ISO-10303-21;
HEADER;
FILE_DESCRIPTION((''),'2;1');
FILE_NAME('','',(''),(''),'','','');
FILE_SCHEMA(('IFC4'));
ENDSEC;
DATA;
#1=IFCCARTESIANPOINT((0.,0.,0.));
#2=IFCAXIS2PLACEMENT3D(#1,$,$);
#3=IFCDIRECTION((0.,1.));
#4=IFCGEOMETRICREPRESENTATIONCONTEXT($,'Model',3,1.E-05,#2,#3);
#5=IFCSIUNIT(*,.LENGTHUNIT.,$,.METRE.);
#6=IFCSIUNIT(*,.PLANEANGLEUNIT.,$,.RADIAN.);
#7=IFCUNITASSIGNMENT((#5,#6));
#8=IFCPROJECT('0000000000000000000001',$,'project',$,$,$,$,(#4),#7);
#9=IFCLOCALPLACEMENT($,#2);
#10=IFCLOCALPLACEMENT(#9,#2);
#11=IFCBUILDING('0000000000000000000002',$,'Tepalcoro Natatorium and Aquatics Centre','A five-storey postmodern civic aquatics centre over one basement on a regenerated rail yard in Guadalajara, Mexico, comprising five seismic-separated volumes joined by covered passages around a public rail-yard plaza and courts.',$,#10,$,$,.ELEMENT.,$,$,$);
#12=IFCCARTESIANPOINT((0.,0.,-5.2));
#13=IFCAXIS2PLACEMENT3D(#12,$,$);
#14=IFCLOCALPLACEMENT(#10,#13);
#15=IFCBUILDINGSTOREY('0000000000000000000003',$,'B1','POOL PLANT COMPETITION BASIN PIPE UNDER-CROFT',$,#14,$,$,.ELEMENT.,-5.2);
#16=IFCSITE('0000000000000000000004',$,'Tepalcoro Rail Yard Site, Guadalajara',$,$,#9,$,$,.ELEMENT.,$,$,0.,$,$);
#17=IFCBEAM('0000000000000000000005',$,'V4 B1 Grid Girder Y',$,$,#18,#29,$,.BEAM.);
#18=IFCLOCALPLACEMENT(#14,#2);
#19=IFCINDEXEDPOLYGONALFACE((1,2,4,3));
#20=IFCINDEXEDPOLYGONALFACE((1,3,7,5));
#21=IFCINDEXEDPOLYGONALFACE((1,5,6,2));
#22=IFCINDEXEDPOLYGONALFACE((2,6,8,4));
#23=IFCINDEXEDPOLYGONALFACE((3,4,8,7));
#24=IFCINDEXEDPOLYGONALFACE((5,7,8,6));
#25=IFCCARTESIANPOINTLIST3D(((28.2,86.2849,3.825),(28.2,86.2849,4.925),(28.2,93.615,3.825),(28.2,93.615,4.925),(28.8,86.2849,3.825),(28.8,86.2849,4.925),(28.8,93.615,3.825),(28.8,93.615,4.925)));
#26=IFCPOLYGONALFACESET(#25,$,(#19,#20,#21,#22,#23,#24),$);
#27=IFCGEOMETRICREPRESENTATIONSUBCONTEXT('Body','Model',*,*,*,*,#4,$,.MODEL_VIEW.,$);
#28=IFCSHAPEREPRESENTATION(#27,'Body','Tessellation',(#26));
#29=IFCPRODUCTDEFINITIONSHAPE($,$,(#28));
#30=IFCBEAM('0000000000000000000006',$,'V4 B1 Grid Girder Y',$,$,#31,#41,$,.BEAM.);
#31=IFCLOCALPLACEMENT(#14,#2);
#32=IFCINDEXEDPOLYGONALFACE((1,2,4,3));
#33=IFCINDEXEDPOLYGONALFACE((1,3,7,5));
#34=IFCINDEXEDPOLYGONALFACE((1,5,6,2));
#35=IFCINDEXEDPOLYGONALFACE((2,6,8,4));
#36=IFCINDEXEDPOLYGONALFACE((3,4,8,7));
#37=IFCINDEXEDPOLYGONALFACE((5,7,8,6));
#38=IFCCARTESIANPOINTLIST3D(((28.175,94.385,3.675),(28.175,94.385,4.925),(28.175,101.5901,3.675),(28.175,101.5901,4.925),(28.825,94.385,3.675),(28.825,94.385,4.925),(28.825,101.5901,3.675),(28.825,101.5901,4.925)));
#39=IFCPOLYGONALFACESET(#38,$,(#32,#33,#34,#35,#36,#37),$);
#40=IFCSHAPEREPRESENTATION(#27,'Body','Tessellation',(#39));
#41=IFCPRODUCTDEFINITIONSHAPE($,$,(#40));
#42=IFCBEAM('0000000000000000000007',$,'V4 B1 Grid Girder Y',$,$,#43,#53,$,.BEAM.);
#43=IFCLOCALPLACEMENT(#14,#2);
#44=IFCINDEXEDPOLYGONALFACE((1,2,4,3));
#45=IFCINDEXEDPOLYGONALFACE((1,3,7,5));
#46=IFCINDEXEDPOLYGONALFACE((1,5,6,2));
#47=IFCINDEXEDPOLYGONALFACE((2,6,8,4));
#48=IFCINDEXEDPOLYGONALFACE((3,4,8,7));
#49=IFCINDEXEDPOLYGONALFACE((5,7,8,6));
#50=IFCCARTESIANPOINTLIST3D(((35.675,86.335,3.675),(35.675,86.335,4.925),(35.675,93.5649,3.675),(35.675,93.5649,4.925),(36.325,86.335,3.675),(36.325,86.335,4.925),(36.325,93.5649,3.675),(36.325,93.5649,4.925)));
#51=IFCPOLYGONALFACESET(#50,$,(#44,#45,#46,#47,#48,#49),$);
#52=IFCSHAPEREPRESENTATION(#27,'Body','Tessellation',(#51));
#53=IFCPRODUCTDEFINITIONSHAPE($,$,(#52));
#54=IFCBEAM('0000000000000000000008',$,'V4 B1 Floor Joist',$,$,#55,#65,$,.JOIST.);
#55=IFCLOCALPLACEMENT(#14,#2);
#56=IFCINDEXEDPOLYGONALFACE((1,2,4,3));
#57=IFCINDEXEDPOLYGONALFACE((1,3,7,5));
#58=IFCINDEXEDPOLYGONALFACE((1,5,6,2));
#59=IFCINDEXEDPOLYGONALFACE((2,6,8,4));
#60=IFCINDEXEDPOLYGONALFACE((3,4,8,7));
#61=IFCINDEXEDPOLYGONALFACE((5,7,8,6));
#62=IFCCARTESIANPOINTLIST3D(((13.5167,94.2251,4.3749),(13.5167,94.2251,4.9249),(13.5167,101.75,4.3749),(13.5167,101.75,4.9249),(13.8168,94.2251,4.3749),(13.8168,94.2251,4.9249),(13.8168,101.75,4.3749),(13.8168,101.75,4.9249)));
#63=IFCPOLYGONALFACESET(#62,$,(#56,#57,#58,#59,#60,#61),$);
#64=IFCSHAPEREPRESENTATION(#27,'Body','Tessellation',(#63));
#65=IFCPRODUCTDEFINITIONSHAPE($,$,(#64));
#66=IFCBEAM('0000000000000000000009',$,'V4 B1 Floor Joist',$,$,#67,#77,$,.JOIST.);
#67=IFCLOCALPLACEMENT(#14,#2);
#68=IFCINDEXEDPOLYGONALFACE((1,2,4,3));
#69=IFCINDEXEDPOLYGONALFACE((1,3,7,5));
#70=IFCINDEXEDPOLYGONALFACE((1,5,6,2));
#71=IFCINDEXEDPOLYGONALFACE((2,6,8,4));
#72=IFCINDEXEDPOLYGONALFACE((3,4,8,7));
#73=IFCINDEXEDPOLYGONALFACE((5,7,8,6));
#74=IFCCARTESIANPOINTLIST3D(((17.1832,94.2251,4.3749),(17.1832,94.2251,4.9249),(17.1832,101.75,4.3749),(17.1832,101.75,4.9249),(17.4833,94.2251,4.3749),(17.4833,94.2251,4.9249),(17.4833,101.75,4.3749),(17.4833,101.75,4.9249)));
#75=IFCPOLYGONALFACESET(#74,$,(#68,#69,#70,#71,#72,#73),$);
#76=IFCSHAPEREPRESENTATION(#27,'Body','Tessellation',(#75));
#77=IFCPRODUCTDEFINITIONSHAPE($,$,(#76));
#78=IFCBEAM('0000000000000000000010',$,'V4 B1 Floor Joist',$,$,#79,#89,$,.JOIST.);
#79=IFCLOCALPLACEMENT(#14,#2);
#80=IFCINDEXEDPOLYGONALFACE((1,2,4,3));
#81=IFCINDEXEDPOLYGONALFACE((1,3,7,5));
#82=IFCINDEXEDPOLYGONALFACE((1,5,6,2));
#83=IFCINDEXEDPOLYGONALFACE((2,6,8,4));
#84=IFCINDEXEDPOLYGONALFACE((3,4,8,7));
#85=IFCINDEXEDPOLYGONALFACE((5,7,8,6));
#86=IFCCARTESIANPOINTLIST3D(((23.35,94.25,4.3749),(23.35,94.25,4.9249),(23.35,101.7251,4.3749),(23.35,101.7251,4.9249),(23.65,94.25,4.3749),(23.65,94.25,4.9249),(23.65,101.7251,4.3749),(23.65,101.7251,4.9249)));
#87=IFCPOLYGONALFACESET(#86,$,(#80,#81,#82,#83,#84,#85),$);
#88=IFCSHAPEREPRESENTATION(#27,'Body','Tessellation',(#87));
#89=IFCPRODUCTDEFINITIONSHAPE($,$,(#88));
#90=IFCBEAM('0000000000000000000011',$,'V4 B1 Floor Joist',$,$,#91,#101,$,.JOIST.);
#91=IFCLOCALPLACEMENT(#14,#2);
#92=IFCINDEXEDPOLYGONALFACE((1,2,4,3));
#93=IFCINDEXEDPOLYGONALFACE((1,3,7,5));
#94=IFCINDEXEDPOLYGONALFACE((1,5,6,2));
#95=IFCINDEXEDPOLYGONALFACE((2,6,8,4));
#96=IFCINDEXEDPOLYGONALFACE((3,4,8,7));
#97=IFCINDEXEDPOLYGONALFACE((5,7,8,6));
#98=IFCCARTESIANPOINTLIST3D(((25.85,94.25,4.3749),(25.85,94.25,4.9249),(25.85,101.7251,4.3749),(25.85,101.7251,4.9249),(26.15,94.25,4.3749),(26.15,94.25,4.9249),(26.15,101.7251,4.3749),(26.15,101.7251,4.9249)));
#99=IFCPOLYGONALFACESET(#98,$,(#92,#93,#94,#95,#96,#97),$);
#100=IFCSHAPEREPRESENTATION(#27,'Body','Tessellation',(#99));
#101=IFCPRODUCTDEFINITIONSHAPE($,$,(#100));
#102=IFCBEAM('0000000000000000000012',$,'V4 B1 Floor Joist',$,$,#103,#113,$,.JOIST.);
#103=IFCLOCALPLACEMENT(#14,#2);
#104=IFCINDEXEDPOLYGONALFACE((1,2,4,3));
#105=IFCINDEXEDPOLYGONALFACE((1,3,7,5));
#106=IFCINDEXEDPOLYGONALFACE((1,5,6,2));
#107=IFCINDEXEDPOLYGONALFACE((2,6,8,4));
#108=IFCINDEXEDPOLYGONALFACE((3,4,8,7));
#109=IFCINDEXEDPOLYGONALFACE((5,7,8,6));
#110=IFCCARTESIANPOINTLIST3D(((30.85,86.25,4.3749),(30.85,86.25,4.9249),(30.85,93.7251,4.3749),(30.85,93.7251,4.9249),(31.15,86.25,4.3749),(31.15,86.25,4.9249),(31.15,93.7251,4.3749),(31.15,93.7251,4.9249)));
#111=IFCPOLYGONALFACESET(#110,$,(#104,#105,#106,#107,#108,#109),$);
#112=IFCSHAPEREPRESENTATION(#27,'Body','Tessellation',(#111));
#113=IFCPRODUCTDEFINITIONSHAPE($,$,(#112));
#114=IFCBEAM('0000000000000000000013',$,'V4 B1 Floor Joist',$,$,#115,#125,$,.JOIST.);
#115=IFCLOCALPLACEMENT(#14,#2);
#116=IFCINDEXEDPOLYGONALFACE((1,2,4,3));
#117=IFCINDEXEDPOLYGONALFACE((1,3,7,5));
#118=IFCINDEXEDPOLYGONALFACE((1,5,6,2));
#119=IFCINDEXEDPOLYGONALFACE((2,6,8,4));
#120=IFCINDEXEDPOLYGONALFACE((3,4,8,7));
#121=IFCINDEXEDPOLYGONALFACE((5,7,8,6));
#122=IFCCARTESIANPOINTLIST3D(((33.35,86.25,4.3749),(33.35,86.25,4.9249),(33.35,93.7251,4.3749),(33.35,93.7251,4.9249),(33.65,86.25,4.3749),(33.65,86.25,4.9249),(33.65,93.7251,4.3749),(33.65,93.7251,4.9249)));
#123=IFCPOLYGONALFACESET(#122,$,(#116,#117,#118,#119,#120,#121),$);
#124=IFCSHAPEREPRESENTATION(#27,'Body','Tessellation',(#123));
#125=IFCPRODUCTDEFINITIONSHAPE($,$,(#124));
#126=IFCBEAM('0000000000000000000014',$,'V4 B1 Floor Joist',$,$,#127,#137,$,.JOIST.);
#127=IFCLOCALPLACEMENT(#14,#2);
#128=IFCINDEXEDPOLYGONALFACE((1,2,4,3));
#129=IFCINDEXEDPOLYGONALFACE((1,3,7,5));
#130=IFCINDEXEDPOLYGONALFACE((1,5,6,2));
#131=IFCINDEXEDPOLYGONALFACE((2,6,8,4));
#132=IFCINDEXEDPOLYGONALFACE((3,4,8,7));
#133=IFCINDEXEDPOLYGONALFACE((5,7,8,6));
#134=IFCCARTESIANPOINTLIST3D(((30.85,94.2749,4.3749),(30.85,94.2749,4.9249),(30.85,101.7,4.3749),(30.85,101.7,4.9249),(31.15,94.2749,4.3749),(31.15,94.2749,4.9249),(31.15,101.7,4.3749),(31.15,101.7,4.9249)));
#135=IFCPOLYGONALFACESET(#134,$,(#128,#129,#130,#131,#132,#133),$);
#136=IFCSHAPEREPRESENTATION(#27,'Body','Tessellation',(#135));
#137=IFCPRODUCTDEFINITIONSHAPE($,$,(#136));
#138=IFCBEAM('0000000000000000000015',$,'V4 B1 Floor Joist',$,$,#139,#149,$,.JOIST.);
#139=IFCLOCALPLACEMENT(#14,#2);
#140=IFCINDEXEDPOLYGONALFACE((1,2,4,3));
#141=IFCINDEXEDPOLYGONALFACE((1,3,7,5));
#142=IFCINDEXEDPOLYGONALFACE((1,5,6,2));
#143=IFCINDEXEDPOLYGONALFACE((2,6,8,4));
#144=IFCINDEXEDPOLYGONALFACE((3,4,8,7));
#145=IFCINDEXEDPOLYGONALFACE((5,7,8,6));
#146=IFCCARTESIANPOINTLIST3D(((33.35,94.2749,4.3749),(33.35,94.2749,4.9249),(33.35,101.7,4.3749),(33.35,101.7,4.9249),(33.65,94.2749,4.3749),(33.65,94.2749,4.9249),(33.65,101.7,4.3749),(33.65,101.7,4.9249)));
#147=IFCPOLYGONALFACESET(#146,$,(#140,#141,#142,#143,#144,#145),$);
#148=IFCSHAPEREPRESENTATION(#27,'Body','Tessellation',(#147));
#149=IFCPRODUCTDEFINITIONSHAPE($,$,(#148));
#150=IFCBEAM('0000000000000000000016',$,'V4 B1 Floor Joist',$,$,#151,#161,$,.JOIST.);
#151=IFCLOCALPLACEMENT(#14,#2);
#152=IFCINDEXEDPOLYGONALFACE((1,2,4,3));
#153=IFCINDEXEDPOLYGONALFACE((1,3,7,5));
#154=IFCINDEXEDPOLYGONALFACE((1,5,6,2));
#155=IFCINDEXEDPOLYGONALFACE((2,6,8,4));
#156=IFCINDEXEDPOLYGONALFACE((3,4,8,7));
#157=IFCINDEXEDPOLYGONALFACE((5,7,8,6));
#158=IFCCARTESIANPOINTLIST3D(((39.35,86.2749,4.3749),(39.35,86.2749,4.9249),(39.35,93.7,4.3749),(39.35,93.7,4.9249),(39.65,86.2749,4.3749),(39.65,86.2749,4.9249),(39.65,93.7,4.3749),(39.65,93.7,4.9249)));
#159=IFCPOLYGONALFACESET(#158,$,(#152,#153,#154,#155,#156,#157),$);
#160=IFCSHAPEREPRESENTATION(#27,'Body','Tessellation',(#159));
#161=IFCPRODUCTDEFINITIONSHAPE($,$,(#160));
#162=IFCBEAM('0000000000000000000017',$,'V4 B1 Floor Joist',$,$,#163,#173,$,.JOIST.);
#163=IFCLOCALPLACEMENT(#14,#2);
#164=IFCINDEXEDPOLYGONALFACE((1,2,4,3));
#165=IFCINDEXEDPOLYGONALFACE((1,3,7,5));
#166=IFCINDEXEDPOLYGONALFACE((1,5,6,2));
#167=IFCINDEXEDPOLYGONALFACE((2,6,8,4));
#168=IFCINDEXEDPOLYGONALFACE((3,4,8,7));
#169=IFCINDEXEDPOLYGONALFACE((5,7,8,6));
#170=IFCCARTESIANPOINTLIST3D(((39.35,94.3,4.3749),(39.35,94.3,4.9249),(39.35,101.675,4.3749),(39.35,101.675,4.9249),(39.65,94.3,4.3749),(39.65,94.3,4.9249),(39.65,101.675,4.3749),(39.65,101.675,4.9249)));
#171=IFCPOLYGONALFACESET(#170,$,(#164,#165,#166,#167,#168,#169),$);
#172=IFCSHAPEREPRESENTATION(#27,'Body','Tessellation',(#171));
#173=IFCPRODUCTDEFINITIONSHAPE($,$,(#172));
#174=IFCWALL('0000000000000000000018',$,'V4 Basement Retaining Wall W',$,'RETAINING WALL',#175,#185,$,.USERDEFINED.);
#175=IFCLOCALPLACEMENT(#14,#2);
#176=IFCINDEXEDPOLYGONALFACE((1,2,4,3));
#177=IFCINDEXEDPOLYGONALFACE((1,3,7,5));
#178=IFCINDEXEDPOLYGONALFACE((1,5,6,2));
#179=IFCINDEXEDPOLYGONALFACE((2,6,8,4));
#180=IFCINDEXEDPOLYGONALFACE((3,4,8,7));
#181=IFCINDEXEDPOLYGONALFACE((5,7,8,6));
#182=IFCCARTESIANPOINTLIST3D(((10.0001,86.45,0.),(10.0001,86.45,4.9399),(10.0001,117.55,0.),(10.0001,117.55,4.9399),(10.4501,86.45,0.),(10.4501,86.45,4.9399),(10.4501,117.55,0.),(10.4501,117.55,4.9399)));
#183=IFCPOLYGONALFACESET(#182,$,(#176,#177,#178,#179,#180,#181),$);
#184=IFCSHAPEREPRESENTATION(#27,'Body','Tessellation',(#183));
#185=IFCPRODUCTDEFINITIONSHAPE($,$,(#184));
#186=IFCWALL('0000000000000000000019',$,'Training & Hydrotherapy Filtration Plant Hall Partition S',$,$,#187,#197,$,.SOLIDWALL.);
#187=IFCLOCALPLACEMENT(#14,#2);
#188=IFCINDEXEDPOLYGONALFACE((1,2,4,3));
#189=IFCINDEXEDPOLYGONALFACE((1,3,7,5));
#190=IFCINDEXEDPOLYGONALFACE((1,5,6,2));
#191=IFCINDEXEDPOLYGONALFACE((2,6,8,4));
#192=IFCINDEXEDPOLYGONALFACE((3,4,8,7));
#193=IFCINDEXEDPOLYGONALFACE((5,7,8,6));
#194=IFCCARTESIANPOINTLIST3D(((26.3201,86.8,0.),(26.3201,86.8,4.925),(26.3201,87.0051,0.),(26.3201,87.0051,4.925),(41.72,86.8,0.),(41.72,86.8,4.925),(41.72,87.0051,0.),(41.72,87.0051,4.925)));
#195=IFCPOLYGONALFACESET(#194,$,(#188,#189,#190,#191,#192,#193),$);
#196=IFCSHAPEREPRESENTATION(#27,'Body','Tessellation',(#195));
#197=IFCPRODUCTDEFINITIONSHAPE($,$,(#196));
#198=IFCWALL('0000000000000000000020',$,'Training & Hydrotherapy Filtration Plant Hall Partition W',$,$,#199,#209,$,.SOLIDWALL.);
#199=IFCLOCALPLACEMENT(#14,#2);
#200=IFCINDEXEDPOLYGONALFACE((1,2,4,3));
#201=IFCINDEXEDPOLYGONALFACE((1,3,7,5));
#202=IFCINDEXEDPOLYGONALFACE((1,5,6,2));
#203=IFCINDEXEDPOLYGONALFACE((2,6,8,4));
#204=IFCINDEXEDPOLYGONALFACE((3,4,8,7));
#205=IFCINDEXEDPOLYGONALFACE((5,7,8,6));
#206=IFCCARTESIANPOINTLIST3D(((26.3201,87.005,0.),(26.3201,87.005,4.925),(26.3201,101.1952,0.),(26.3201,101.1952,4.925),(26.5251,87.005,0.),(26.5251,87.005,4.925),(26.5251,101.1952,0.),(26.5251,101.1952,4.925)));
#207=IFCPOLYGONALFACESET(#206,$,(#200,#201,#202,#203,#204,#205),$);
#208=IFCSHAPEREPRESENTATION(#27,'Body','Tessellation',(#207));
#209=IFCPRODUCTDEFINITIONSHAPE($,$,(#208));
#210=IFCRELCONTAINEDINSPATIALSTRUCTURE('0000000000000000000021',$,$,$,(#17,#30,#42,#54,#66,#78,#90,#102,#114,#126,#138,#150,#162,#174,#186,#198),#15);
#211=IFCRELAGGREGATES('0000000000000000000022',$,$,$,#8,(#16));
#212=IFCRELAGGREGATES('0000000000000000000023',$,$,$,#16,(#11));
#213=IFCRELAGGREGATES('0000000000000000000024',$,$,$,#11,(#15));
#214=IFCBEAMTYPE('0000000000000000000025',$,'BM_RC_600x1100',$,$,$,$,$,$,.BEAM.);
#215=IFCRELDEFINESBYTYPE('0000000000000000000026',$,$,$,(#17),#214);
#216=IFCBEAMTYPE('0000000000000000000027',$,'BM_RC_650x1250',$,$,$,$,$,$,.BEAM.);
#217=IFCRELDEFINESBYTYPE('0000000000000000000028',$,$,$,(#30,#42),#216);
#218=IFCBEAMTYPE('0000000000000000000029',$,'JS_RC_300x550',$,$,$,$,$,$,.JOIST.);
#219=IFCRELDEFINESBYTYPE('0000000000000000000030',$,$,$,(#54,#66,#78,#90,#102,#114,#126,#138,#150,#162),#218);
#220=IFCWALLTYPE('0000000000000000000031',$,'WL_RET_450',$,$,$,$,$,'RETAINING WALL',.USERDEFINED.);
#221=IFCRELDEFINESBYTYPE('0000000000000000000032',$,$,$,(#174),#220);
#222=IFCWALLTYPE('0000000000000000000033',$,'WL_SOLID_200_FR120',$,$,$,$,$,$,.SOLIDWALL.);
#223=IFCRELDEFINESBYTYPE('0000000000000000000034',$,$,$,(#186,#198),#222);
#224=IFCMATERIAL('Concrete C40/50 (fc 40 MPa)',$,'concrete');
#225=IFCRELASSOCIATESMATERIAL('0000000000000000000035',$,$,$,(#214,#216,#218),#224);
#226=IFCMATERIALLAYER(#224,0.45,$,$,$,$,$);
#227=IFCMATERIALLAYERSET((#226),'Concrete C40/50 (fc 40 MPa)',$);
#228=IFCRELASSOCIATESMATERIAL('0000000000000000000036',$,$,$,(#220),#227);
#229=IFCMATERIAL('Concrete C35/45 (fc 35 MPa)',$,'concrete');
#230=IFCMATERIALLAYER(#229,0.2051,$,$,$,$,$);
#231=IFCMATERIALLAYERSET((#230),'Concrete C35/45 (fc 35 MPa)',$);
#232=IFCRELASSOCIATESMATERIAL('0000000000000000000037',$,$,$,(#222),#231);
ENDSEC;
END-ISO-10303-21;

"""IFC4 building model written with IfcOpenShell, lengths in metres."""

from ifc_helpers import new_model, si_unit, direction, frame, frame_2d, origin, origin_2d, place, context, subcontext, project, spatial, rectangle, extrude, material, layer, layer_set, material_profile, profile_set, type_object, element, save


model = new_model("IFC4")

# Units and contexts
model_context = context("Model", 3, precision=1e-05, world=origin(), true_north=direction((0.0, 1.0)))
body_context = subcontext(model_context, "Body", "Model", "MODEL_VIEW")
ifc_project = project(units=[si_unit("LENGTHUNIT", "METRE"), si_unit("PLANEANGLEUNIT", "RADIAN")], contexts=[model_context])

# Site, building, storey
site_placement = place(None, origin())
site = spatial("IfcSite", under=ifc_project, at=site_placement, Name="Tepalcoro Rail Yard Site, Guadalajara", CompositionType="ELEMENT", RefElevation=0.0)
building_placement = place(site_placement, origin())
building = spatial("IfcBuilding", under=site, at=building_placement, Name="Tepalcoro Natatorium and Aquatics Centre", Description="A five-storey postmodern civic aquatics centre over one basement on a regenerated rail yard in Guadalajara, Mexico, comprising five seismic-separated volumes joined by covered passages around a public rail-yard plaza and courts.", CompositionType="ELEMENT")
storey_placement = place(building_placement, frame((0.0, 0.0, -5.2)))
storey = spatial("IfcBuildingStorey", under=building, at=storey_placement, Name="B1", Description="POOL PLANT COMPETITION BASIN PIPE UNDER-CROFT", CompositionType="ELEMENT", Elevation=-5.2)

# Shared definitions
ifc_material_1 = material(Name="Concrete C40/50 (fc 40 MPa)", Category="concrete")

# Beams
ifc_material_profile_1 = material_profile(ifc_material_1, rectangle(XDim=0.6001, YDim=1.1001, at=origin_2d()), Name="RCB600x1100")
ifc_profile_set_1 = profile_set([ifc_material_profile_1], Name="Concrete C40/50 (fc 40 MPa)")
beam_type_1 = type_object("IfcBeamType", Name="BM_RC_600x1100", PredefinedType="BEAM", material=ifc_profile_set_1)
beam_1_placement = place(storey_placement, frame((28.5, 86.2849, 4.375), z_axis=(0.0, 1.0, 0.0), x_axis=(-1.0, 0.0, 0.0)))
element("IfcBeam", 1, at=beam_1_placement, inside=storey, type_object=beam_type_1, Name="V4 B1 Grid Girder Y", PredefinedType="BEAM", context=body_context, shape_type="SweptSolid", body=[
    extrude(rectangle(XDim=0.6001, YDim=1.1001, at=origin_2d()), origin(), (0.0, 0.0, 1.0), 7.3301),
])
ifc_material_profile_2 = material_profile(ifc_material_1, rectangle(XDim=0.6499, YDim=1.25, at=origin_2d()), Name="RCB650x1250")
ifc_profile_set_2 = profile_set([ifc_material_profile_2], Name="Concrete C40/50 (fc 40 MPa)")
beam_type_2 = type_object("IfcBeamType", Name="BM_RC_650x1250", PredefinedType="BEAM", material=ifc_profile_set_2)
beam_2_placement = place(storey_placement, frame((28.5, 94.385, 4.3), z_axis=(0.0, 1.0, 0.0), x_axis=(-1.0, 0.0, 0.0)))
element("IfcBeam", 2, at=beam_2_placement, inside=storey, type_object=beam_type_2, Name="V4 B1 Grid Girder Y", PredefinedType="BEAM", context=body_context, shape_type="SweptSolid", body=[
    extrude(rectangle(XDim=0.6499, YDim=1.25, at=origin_2d()), origin(), (0.0, 0.0, 1.0), 7.2051),
])
beam_3_placement = place(storey_placement, frame((36.0, 86.335, 4.3), z_axis=(0.0, 1.0, 0.0), x_axis=(-1.0, 0.0, 0.0)))
element("IfcBeam", 3, at=beam_3_placement, inside=storey, type_object=beam_type_2, Name="V4 B1 Grid Girder Y", PredefinedType="BEAM", context=body_context, shape_type="SweptSolid", body=[
    extrude(rectangle(XDim=0.6499, YDim=1.25, at=origin_2d()), origin(), (0.0, 0.0, 1.0), 7.23),
])
ifc_material_profile_3 = material_profile(ifc_material_1, rectangle(XDim=0.3, YDim=0.55, at=origin_2d()), Name="RCJ300x550")
ifc_profile_set_3 = profile_set([ifc_material_profile_3], Name="Concrete C40/50 (fc 40 MPa)")
beam_type_3 = type_object("IfcBeamType", Name="JS_RC_300x550", PredefinedType="JOIST", material=ifc_profile_set_3)
for number, where, z_axis, x_axis, name in (
    (4, (13.6667, 94.2251, 4.6499), (0.0, 1.0, 0.0), (-1.0, 0.0, 0.0), "V4 B1 Floor Joist"),
    (5, (17.3333, 94.2251, 4.6499), (0.0, 1.0, 0.0), (-1.0, 0.0, 0.0), "V4 B1 Floor Joist"),
):
    element("IfcBeam", number, at=place(storey_placement, frame(where, z_axis=z_axis, x_axis=x_axis)), inside=storey, type_object=beam_type_3, Name=name, PredefinedType="JOIST", context=body_context, shape_type="SweptSolid", body=[
        extrude(rectangle(XDim=0.3, YDim=0.55, at=origin_2d()), origin(), (0.0, 0.0, 1.0), 7.5249),
    ])
for number, where, z_axis, x_axis, name in (
    (6, (23.5, 94.25, 4.6499), (0.0, 1.0, 0.0), (-1.0, 0.0, 0.0), "V4 B1 Floor Joist"),
    (7, (26.0, 94.25, 4.6499), (0.0, 1.0, 0.0), (-1.0, 0.0, 0.0), "V4 B1 Floor Joist"),
    (8, (31.0, 86.25, 4.6499), (0.0, 1.0, 0.0), (-1.0, 0.0, 0.0), "V4 B1 Floor Joist"),
    (9, (33.5, 86.25, 4.6499), (0.0, 1.0, 0.0), (-1.0, 0.0, 0.0), "V4 B1 Floor Joist"),
):
    element("IfcBeam", number, at=place(storey_placement, frame(where, z_axis=z_axis, x_axis=x_axis)), inside=storey, type_object=beam_type_3, Name=name, PredefinedType="JOIST", context=body_context, shape_type="SweptSolid", body=[
        extrude(rectangle(XDim=0.3, YDim=0.55, at=origin_2d()), origin(), (0.0, 0.0, 1.0), 7.4751),
    ])
for number, where, z_axis, x_axis, name in (
    (10, (31.0, 94.2749, 4.6499), (0.0, 1.0, 0.0), (-1.0, 0.0, 0.0), "V4 B1 Floor Joist"),
    (11, (33.5, 94.2749, 4.6499), (0.0, 1.0, 0.0), (-1.0, 0.0, 0.0), "V4 B1 Floor Joist"),
    (12, (39.5, 86.2749, 4.6499), (0.0, 1.0, 0.0), (-1.0, 0.0, 0.0), "V4 B1 Floor Joist"),
):
    element("IfcBeam", number, at=place(storey_placement, frame(where, z_axis=z_axis, x_axis=x_axis)), inside=storey, type_object=beam_type_3, Name=name, PredefinedType="JOIST", context=body_context, shape_type="SweptSolid", body=[
        extrude(rectangle(XDim=0.3, YDim=0.55, at=origin_2d()), origin(), (0.0, 0.0, 1.0), 7.425),
    ])
beam_4_placement = place(storey_placement, frame((39.5, 94.3, 4.6499), z_axis=(0.0, 1.0, 0.0), x_axis=(-1.0, 0.0, 0.0)))
element("IfcBeam", 13, at=beam_4_placement, inside=storey, type_object=beam_type_3, Name="V4 B1 Floor Joist", PredefinedType="JOIST", context=body_context, shape_type="SweptSolid", body=[
    extrude(rectangle(XDim=0.3, YDim=0.55, at=origin_2d()), origin(), (0.0, 0.0, 1.0), 7.375),
])

# Walls
ifc_layer_1 = layer(ifc_material_1, 0.45)
ifc_layer_set_1 = layer_set([ifc_layer_1], Name="Concrete C40/50 (fc 40 MPa)")
wall_type_1 = type_object("IfcWallType", Name="WL_RET_450", ElementType="RETAINING WALL", PredefinedType="USERDEFINED", material=ifc_layer_set_1)
wall_1_placement = place(storey_placement, frame((10.2251, 86.45, 0.0), z_axis=(0.0, 0.0, 1.0), x_axis=(0.0, 1.0, 0.0)))
element("IfcWall", 14, at=wall_1_placement, inside=storey, type_object=wall_type_1, Name="V4 Basement Retaining Wall W", ObjectType="RETAINING WALL", PredefinedType="USERDEFINED", context=body_context, shape_type="SweptSolid", body=[
    extrude(rectangle(XDim=31.1001, YDim=0.45, at=frame_2d((15.55, 0.0))), origin(), (0.0, 0.0, 1.0), 4.9399),
])
ifc_material_2 = material(Name="Concrete C35/45 (fc 35 MPa)", Category="concrete")
ifc_layer_2 = layer(ifc_material_2, 0.2051)
ifc_layer_set_2 = layer_set([ifc_layer_2], Name="Concrete C35/45 (fc 35 MPa)")
wall_type_2 = type_object("IfcWallType", Name="WL_SOLID_200_FR120", PredefinedType="SOLIDWALL", material=ifc_layer_set_2)
wall_2_placement = place(storey_placement, frame((26.3201, 86.9026, 0.0), z_axis=(0.0, 0.0, 1.0), x_axis=(1.0, 0.0, 0.0)))
element("IfcWall", 15, at=wall_2_placement, inside=storey, type_object=wall_type_2, Name="Training & Hydrotherapy Filtration Plant Hall Partition S", PredefinedType="SOLIDWALL", context=body_context, shape_type="SweptSolid", body=[
    extrude(rectangle(XDim=15.3999, YDim=0.2051, at=frame_2d((7.7, 0.0))), origin(), (0.0, 0.0, 1.0), 4.925),
])
wall_3_placement = place(storey_placement, frame((26.4226, 87.0049, 0.0), z_axis=(0.0, 0.0, 1.0), x_axis=(0.0, 1.0, 0.0)))
element("IfcWall", 16, at=wall_3_placement, inside=storey, type_object=wall_type_2, Name="Training & Hydrotherapy Filtration Plant Hall Partition W", PredefinedType="SOLIDWALL", context=body_context, shape_type="SweptSolid", body=[
    extrude(rectangle(XDim=14.1902, YDim=0.2051, at=frame_2d((7.0952, 0.0))), origin(), (0.0, 0.0, 1.0), 4.925),
])

save(model, "model.ifc")
